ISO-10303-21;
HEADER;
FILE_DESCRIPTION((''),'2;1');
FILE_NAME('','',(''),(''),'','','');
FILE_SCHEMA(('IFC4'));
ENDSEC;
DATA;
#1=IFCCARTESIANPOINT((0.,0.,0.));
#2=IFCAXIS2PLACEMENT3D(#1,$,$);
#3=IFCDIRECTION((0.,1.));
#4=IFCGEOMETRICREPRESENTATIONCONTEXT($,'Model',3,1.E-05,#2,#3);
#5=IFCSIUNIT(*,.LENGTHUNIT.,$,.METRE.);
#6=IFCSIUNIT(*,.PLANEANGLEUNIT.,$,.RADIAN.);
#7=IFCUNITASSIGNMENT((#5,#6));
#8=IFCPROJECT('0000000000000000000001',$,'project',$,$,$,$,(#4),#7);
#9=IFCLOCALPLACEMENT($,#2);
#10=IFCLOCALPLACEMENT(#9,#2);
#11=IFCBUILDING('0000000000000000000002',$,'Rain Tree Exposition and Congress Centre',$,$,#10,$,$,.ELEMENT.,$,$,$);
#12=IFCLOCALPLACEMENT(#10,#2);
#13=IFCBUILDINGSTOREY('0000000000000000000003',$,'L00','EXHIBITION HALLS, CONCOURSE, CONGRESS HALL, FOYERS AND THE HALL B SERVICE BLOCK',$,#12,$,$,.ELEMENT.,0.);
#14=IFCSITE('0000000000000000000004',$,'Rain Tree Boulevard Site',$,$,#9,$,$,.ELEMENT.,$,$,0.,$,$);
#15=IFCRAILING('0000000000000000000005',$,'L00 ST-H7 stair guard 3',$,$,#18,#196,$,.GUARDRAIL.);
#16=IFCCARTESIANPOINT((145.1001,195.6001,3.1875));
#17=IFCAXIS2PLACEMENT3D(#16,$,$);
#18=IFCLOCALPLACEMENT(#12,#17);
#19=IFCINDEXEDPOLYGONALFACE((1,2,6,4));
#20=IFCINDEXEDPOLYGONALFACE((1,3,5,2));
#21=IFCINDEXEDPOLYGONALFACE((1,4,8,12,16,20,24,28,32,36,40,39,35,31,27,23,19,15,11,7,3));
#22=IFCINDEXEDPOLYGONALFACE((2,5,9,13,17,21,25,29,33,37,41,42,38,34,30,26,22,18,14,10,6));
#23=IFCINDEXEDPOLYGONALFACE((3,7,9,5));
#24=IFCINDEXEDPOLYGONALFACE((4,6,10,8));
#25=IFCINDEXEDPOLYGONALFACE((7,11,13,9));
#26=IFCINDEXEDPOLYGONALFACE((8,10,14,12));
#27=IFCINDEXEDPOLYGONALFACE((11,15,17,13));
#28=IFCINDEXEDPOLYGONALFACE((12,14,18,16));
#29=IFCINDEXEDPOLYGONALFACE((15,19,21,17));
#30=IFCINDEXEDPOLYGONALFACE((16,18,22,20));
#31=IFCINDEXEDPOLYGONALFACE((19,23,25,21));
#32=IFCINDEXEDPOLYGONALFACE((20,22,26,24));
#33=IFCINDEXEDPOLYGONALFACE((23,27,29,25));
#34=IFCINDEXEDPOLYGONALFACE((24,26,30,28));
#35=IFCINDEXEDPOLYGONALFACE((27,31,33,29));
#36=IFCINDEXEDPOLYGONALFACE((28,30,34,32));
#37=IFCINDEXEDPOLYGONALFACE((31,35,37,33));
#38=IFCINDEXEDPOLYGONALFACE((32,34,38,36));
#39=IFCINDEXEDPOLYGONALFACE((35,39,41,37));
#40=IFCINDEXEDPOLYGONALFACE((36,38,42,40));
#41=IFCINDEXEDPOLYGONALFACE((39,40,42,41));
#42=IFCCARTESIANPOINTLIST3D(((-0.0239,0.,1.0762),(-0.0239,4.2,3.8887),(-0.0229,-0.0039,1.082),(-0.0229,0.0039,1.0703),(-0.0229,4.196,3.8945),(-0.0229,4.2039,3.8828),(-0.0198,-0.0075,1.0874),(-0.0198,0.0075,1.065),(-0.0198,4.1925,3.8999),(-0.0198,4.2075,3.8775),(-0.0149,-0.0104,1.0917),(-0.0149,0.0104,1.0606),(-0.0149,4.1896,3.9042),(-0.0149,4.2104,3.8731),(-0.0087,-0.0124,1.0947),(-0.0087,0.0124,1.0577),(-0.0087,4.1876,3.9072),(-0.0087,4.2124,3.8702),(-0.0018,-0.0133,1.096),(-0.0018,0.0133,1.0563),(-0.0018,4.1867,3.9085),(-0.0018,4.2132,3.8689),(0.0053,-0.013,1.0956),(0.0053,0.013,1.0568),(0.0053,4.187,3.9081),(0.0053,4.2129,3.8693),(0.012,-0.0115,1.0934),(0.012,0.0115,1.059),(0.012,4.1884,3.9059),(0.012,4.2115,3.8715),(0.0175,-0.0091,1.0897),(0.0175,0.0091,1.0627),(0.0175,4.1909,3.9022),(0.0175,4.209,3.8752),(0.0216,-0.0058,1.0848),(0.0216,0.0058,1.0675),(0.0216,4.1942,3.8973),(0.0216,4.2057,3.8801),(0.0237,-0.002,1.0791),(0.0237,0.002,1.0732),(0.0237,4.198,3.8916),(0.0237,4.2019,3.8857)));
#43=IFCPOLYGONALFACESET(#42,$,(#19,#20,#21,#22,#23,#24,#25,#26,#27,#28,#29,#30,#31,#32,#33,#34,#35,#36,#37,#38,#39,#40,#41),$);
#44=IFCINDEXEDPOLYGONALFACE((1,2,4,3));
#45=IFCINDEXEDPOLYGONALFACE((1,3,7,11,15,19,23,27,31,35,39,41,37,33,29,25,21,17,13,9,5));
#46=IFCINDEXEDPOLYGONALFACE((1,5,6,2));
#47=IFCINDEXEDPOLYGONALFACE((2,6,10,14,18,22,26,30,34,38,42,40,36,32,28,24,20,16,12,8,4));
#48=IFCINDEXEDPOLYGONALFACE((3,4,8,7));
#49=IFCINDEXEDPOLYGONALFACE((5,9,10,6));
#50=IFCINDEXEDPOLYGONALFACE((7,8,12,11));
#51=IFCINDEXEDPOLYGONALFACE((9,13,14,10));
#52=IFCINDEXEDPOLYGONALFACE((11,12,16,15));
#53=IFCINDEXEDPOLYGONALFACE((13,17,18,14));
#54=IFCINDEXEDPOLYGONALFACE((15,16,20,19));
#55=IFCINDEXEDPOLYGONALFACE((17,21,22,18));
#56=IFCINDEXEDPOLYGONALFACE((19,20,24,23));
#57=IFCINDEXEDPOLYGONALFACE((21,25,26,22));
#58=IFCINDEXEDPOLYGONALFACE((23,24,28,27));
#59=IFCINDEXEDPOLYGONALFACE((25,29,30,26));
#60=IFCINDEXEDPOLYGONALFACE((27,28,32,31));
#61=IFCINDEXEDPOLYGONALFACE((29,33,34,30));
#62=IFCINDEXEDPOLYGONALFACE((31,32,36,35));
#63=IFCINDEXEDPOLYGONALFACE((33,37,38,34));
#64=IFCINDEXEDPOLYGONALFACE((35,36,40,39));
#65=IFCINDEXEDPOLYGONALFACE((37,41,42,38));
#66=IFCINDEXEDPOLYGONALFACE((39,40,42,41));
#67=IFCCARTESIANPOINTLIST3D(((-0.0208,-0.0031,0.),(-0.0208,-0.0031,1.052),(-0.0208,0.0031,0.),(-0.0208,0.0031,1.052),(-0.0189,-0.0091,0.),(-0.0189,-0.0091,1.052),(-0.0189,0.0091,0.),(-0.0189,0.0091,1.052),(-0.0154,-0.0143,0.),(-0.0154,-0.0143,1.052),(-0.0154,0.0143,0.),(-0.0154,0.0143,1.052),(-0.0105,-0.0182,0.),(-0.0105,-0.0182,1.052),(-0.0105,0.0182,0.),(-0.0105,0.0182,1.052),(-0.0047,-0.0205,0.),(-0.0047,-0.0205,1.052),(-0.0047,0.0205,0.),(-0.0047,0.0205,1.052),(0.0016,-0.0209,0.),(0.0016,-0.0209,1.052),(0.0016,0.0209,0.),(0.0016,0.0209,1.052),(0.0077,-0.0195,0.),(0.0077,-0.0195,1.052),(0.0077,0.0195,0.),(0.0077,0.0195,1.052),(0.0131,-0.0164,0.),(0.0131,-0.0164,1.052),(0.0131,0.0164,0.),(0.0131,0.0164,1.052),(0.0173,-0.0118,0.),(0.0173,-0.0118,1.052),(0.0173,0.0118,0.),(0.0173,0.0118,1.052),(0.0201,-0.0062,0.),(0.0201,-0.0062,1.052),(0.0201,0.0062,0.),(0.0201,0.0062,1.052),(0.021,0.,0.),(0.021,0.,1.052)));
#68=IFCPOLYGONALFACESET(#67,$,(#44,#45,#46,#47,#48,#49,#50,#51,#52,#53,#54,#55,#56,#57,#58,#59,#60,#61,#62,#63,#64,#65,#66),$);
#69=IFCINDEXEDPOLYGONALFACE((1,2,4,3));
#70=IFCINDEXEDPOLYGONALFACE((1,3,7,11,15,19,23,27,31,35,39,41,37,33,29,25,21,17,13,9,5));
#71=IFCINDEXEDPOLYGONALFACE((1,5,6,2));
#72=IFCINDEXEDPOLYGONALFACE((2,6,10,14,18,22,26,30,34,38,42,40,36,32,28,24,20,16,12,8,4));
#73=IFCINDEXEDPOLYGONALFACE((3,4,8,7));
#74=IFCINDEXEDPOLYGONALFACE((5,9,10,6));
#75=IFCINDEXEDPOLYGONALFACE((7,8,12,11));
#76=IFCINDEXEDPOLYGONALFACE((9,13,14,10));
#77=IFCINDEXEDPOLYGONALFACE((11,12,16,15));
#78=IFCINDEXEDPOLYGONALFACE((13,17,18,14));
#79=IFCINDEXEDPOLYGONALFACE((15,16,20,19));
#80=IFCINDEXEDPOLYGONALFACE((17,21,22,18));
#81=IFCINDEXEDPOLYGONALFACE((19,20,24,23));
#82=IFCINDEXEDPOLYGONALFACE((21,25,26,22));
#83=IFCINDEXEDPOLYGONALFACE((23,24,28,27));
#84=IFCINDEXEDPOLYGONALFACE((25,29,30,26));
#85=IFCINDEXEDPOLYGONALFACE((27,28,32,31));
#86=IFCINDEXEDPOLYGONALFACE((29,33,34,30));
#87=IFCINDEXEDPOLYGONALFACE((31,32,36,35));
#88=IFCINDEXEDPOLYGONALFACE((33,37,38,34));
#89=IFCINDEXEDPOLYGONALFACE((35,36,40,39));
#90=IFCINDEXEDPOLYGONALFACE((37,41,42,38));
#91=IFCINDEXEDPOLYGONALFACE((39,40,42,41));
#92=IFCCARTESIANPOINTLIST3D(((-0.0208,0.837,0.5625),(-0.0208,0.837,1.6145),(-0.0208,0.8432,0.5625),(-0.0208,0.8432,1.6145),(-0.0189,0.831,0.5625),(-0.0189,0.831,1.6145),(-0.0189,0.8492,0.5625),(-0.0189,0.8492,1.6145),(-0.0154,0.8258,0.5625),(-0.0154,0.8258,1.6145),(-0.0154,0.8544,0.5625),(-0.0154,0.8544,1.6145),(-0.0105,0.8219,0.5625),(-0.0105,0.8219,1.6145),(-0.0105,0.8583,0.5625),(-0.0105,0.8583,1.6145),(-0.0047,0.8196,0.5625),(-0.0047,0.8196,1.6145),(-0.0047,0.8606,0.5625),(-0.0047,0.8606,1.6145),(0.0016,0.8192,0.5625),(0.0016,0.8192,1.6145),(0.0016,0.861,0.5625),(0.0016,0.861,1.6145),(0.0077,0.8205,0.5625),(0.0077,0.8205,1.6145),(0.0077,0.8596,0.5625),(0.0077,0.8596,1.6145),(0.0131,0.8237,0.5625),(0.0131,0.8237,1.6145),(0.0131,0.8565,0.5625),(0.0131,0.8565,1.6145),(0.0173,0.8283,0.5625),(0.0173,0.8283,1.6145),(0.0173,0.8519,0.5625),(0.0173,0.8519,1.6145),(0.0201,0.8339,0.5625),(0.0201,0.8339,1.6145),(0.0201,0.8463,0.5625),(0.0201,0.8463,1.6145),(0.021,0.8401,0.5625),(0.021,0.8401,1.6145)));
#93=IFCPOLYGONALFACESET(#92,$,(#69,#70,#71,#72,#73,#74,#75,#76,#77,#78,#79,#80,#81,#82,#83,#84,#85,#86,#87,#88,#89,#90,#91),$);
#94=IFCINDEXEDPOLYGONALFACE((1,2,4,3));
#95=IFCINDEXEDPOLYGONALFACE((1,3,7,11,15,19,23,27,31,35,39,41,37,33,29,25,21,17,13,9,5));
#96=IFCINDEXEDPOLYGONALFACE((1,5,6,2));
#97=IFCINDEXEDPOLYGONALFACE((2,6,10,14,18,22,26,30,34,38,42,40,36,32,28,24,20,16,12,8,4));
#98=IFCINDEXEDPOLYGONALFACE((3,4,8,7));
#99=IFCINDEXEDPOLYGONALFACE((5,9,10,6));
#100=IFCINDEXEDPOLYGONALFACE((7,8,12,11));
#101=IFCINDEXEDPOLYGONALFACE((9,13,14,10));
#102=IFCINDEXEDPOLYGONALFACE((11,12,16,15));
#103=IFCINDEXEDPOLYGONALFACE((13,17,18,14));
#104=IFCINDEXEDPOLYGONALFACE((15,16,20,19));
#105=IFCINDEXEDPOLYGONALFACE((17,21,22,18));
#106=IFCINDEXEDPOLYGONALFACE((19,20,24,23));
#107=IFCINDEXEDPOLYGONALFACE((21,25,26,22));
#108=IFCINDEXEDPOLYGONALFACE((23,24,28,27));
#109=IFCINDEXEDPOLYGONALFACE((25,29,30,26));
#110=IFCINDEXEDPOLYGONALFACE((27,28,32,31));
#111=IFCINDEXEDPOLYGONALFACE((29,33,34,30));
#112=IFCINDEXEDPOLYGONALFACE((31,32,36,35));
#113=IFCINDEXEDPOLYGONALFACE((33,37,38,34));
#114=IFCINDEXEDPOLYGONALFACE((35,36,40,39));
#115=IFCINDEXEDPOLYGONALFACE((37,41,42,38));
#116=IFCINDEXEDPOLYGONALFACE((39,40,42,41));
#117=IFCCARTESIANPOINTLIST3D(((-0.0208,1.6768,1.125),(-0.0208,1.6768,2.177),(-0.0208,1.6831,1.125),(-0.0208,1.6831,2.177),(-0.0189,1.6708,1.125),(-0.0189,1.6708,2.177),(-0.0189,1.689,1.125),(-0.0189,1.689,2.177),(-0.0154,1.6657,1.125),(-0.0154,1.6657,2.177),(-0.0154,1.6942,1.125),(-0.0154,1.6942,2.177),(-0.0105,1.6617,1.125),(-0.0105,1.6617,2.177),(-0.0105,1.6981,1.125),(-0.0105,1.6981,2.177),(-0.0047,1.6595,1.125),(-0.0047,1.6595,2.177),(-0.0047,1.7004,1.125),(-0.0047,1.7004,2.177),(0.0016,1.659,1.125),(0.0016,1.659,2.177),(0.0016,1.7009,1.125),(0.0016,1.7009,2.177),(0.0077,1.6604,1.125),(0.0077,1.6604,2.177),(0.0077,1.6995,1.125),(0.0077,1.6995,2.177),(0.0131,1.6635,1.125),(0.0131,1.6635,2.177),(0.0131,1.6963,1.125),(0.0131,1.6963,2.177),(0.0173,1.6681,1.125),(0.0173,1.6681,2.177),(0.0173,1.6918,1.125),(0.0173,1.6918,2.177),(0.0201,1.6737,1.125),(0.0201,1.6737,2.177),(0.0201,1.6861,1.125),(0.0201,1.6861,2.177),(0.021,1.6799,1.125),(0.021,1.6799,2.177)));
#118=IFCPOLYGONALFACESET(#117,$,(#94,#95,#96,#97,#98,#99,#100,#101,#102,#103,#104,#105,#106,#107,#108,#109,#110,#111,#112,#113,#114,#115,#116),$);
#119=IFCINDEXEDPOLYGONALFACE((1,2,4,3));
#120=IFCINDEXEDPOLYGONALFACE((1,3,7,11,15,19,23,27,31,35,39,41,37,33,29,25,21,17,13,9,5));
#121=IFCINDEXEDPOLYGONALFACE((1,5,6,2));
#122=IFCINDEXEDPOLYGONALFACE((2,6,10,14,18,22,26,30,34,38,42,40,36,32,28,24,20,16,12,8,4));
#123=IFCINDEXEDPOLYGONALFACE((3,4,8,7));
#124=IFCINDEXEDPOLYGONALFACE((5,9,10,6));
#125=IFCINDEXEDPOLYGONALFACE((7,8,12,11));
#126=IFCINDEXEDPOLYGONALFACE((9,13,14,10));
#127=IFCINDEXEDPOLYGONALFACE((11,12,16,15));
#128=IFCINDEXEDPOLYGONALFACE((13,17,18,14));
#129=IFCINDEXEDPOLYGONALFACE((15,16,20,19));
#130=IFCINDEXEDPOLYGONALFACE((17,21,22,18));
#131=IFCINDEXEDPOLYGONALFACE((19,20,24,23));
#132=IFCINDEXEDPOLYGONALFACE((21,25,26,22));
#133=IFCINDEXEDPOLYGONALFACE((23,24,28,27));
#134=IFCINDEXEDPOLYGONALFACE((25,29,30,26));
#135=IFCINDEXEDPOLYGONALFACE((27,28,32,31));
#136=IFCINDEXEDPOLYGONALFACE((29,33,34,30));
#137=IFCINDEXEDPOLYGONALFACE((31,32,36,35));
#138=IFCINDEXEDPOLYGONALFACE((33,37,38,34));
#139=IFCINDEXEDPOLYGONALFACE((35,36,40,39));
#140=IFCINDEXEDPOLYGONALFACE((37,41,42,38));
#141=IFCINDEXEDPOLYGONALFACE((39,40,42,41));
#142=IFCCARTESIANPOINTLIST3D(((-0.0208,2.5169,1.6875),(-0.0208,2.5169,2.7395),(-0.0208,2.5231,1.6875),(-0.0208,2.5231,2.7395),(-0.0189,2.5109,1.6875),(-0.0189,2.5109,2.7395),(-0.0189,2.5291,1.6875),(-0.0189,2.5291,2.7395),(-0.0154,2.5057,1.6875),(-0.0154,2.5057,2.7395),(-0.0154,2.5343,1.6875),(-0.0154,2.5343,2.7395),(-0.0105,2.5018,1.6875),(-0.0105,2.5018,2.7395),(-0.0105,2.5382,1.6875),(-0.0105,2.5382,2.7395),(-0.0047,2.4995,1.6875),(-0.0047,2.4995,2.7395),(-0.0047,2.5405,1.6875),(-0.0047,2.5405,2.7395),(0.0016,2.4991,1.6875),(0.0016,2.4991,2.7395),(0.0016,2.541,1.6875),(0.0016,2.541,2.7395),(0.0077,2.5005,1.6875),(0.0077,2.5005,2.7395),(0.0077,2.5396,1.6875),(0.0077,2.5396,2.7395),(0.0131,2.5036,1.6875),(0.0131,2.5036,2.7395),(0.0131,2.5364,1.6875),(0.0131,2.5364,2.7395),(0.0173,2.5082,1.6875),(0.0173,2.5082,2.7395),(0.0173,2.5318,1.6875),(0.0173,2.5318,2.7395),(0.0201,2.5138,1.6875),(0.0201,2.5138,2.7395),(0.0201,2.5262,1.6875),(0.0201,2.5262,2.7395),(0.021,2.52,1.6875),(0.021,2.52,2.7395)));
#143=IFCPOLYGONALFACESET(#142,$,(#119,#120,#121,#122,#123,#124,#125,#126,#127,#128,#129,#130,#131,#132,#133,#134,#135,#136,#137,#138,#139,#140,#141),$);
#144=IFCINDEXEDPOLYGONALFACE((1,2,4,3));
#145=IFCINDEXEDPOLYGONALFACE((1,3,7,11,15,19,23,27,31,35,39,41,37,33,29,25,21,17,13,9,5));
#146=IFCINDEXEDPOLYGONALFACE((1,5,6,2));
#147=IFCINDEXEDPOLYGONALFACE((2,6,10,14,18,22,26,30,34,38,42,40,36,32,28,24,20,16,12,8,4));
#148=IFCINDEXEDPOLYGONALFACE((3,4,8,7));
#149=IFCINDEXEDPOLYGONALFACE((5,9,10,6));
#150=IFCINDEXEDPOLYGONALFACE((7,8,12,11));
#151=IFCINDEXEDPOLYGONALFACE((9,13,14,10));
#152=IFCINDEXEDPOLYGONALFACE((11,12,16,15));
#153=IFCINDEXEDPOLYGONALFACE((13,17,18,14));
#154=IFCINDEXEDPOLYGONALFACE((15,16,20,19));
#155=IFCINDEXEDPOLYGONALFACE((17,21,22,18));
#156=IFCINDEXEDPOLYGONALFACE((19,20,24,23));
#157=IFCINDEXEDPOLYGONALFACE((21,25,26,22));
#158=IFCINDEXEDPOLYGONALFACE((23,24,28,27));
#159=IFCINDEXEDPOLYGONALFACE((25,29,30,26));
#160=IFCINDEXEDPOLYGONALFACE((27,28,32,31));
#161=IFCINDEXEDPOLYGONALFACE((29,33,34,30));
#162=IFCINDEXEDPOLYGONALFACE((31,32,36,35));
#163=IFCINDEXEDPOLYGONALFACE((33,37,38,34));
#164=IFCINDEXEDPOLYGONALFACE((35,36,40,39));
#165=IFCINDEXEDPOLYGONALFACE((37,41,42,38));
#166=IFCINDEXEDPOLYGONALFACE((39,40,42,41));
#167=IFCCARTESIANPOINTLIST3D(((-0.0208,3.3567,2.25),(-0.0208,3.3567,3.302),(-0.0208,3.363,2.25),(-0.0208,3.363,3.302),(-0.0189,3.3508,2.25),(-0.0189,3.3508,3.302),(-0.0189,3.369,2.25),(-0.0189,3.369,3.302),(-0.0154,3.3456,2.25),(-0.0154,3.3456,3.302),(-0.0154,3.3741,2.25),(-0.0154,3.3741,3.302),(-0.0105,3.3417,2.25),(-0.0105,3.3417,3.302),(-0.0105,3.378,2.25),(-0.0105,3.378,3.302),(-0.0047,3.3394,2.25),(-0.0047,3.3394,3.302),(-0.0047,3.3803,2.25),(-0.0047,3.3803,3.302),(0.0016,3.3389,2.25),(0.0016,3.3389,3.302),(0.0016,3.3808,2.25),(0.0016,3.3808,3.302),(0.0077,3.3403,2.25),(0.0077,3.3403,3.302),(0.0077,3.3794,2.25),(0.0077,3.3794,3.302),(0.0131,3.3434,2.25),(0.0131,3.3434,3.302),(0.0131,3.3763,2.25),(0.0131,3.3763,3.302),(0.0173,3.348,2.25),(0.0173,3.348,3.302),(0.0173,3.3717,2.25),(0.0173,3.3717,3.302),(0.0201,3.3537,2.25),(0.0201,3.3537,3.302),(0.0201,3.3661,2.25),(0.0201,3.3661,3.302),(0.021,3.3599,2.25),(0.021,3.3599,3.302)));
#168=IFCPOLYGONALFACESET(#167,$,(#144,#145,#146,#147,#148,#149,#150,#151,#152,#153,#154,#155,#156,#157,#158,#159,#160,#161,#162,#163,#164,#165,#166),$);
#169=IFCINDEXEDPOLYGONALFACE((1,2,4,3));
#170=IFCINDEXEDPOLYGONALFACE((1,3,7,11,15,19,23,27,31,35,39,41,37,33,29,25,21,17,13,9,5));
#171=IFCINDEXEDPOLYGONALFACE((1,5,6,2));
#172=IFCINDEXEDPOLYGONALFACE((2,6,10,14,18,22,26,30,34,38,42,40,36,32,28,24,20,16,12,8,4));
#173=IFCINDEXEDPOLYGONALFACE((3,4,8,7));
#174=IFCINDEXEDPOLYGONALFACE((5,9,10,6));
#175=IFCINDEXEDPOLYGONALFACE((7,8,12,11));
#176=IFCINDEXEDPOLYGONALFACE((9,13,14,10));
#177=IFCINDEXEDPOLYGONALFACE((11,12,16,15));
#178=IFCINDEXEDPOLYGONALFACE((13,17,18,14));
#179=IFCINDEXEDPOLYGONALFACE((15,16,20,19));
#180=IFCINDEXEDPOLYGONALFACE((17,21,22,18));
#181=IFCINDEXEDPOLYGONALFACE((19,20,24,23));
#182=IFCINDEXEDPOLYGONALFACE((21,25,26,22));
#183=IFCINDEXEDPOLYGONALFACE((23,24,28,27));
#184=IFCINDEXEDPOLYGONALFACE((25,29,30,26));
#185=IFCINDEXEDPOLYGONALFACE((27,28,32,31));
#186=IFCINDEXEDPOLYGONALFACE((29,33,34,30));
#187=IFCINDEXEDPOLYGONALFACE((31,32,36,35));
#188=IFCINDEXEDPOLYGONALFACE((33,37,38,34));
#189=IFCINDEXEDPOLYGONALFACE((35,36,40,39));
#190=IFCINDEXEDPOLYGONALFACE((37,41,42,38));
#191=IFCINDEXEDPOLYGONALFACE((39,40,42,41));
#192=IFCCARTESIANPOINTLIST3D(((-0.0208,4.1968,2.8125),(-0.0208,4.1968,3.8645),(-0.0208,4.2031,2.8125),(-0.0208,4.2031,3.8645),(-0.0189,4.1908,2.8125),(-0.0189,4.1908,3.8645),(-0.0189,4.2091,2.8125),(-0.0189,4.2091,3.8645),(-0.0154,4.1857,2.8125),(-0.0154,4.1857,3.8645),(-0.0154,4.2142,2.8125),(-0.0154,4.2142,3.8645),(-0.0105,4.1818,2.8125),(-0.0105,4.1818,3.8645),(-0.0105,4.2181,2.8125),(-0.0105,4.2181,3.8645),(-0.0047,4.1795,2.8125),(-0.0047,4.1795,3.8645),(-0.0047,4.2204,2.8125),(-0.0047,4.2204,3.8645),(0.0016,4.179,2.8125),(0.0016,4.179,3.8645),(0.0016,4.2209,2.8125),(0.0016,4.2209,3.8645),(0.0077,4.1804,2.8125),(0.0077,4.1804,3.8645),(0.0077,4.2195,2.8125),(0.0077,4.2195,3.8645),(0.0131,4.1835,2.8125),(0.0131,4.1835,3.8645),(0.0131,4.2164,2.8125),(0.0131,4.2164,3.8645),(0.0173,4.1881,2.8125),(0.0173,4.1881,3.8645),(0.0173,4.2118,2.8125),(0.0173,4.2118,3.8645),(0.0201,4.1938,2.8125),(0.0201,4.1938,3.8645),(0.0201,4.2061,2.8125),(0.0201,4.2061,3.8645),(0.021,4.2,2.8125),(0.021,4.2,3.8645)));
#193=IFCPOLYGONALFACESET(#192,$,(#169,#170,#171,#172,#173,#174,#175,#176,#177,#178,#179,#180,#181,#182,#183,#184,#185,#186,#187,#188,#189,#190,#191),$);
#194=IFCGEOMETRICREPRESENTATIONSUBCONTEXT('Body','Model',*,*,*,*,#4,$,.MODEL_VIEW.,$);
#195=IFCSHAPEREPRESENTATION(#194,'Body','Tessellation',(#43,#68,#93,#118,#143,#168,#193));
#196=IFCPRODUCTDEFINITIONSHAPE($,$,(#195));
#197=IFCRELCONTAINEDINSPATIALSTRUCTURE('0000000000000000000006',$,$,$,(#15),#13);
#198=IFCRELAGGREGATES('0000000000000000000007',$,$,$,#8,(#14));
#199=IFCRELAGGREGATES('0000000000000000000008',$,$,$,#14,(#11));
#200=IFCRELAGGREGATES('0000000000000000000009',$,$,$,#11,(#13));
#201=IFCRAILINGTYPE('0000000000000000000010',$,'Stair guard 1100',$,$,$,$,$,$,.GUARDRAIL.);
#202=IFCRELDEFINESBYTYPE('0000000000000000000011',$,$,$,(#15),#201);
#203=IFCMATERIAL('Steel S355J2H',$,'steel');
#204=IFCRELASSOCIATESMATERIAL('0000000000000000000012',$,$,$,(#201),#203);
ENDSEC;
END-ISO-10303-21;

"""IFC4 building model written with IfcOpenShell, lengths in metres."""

from ifc_helpers import new_model, si_unit, direction, frame, origin, origin_2d, place, context, subcontext, project, spatial, circle, extrude, material, type_object, element, save


model = new_model("IFC4")

# Units and contexts
model_context = context("Model", 3, precision=1e-05, world=origin(), true_north=direction((0.0, 1.0)))
body_context = subcontext(model_context, "Body", "Model", "MODEL_VIEW")
ifc_project = project(units=[si_unit("LENGTHUNIT", "METRE"), si_unit("PLANEANGLEUNIT", "RADIAN")], contexts=[model_context])

# Site, building, storey
site_placement = place(None, origin())
site = spatial("IfcSite", under=ifc_project, at=site_placement, Name="Rain Tree Boulevard Site", CompositionType="ELEMENT", RefElevation=0.0)
building_placement = place(site_placement, origin())
building = spatial("IfcBuilding", under=site, at=building_placement, Name="Rain Tree Exposition and Congress Centre", CompositionType="ELEMENT")
storey_placement = place(building_placement, origin())
storey = spatial("IfcBuildingStorey", under=building, at=storey_placement, Name="L00", Description="EXHIBITION HALLS, CONCOURSE, CONGRESS HALL, FOYERS AND THE HALL B SERVICE BLOCK", CompositionType="ELEMENT", Elevation=0.0)

# Railing
ifc_material_1 = material(Name="Steel S355J2H", Category="steel")
railing_type_1 = type_object("IfcRailingType", Name="Stair guard 1100", PredefinedType="GUARDRAIL", material=ifc_material_1)
railing_1_placement = place(storey_placement, frame((145.1001, 195.6001, 3.1875)))
element("IfcRailing", 1, at=railing_1_placement, inside=storey, type_object=railing_type_1, Name="L00 ST-H7 stair guard 3", PredefinedType="GUARDRAIL", context=body_context, shape_type="SweptSolid", body=[
    extrude(circle(Radius=0.0239, at=origin_2d()), frame((0.0, 0.0, 1.0762), z_axis=(0.0, 0.830904, 0.556416), x_axis=(-1.0, 0.0, 0.0)), (0.0, 0.0, 1.0), 5.0547),
    extrude(circle(Radius=0.021, at=origin_2d()), origin(), (0.0, 0.0, 1.0), 1.052),
    extrude(circle(Radius=0.021, at=origin_2d()), frame((0.0, 0.8401, 0.5625)), (0.0, 0.0, 1.0), 1.052),
    extrude(circle(Radius=0.021, at=origin_2d()), frame((0.0, 1.6799, 1.125)), (0.0, 0.0, 1.0), 1.052),
    extrude(circle(Radius=0.021, at=origin_2d()), frame((0.0, 2.52, 1.6875)), (0.0, 0.0, 1.0), 1.052),
    extrude(circle(Radius=0.021, at=origin_2d()), frame((0.0, 3.3599, 2.25)), (0.0, 0.0, 1.0), 1.052),
    extrude(circle(Radius=0.021, at=origin_2d()), frame((0.0, 4.2, 2.8125)), (0.0, 0.0, 1.0), 1.052),
])

save(model, "model.ifc")
